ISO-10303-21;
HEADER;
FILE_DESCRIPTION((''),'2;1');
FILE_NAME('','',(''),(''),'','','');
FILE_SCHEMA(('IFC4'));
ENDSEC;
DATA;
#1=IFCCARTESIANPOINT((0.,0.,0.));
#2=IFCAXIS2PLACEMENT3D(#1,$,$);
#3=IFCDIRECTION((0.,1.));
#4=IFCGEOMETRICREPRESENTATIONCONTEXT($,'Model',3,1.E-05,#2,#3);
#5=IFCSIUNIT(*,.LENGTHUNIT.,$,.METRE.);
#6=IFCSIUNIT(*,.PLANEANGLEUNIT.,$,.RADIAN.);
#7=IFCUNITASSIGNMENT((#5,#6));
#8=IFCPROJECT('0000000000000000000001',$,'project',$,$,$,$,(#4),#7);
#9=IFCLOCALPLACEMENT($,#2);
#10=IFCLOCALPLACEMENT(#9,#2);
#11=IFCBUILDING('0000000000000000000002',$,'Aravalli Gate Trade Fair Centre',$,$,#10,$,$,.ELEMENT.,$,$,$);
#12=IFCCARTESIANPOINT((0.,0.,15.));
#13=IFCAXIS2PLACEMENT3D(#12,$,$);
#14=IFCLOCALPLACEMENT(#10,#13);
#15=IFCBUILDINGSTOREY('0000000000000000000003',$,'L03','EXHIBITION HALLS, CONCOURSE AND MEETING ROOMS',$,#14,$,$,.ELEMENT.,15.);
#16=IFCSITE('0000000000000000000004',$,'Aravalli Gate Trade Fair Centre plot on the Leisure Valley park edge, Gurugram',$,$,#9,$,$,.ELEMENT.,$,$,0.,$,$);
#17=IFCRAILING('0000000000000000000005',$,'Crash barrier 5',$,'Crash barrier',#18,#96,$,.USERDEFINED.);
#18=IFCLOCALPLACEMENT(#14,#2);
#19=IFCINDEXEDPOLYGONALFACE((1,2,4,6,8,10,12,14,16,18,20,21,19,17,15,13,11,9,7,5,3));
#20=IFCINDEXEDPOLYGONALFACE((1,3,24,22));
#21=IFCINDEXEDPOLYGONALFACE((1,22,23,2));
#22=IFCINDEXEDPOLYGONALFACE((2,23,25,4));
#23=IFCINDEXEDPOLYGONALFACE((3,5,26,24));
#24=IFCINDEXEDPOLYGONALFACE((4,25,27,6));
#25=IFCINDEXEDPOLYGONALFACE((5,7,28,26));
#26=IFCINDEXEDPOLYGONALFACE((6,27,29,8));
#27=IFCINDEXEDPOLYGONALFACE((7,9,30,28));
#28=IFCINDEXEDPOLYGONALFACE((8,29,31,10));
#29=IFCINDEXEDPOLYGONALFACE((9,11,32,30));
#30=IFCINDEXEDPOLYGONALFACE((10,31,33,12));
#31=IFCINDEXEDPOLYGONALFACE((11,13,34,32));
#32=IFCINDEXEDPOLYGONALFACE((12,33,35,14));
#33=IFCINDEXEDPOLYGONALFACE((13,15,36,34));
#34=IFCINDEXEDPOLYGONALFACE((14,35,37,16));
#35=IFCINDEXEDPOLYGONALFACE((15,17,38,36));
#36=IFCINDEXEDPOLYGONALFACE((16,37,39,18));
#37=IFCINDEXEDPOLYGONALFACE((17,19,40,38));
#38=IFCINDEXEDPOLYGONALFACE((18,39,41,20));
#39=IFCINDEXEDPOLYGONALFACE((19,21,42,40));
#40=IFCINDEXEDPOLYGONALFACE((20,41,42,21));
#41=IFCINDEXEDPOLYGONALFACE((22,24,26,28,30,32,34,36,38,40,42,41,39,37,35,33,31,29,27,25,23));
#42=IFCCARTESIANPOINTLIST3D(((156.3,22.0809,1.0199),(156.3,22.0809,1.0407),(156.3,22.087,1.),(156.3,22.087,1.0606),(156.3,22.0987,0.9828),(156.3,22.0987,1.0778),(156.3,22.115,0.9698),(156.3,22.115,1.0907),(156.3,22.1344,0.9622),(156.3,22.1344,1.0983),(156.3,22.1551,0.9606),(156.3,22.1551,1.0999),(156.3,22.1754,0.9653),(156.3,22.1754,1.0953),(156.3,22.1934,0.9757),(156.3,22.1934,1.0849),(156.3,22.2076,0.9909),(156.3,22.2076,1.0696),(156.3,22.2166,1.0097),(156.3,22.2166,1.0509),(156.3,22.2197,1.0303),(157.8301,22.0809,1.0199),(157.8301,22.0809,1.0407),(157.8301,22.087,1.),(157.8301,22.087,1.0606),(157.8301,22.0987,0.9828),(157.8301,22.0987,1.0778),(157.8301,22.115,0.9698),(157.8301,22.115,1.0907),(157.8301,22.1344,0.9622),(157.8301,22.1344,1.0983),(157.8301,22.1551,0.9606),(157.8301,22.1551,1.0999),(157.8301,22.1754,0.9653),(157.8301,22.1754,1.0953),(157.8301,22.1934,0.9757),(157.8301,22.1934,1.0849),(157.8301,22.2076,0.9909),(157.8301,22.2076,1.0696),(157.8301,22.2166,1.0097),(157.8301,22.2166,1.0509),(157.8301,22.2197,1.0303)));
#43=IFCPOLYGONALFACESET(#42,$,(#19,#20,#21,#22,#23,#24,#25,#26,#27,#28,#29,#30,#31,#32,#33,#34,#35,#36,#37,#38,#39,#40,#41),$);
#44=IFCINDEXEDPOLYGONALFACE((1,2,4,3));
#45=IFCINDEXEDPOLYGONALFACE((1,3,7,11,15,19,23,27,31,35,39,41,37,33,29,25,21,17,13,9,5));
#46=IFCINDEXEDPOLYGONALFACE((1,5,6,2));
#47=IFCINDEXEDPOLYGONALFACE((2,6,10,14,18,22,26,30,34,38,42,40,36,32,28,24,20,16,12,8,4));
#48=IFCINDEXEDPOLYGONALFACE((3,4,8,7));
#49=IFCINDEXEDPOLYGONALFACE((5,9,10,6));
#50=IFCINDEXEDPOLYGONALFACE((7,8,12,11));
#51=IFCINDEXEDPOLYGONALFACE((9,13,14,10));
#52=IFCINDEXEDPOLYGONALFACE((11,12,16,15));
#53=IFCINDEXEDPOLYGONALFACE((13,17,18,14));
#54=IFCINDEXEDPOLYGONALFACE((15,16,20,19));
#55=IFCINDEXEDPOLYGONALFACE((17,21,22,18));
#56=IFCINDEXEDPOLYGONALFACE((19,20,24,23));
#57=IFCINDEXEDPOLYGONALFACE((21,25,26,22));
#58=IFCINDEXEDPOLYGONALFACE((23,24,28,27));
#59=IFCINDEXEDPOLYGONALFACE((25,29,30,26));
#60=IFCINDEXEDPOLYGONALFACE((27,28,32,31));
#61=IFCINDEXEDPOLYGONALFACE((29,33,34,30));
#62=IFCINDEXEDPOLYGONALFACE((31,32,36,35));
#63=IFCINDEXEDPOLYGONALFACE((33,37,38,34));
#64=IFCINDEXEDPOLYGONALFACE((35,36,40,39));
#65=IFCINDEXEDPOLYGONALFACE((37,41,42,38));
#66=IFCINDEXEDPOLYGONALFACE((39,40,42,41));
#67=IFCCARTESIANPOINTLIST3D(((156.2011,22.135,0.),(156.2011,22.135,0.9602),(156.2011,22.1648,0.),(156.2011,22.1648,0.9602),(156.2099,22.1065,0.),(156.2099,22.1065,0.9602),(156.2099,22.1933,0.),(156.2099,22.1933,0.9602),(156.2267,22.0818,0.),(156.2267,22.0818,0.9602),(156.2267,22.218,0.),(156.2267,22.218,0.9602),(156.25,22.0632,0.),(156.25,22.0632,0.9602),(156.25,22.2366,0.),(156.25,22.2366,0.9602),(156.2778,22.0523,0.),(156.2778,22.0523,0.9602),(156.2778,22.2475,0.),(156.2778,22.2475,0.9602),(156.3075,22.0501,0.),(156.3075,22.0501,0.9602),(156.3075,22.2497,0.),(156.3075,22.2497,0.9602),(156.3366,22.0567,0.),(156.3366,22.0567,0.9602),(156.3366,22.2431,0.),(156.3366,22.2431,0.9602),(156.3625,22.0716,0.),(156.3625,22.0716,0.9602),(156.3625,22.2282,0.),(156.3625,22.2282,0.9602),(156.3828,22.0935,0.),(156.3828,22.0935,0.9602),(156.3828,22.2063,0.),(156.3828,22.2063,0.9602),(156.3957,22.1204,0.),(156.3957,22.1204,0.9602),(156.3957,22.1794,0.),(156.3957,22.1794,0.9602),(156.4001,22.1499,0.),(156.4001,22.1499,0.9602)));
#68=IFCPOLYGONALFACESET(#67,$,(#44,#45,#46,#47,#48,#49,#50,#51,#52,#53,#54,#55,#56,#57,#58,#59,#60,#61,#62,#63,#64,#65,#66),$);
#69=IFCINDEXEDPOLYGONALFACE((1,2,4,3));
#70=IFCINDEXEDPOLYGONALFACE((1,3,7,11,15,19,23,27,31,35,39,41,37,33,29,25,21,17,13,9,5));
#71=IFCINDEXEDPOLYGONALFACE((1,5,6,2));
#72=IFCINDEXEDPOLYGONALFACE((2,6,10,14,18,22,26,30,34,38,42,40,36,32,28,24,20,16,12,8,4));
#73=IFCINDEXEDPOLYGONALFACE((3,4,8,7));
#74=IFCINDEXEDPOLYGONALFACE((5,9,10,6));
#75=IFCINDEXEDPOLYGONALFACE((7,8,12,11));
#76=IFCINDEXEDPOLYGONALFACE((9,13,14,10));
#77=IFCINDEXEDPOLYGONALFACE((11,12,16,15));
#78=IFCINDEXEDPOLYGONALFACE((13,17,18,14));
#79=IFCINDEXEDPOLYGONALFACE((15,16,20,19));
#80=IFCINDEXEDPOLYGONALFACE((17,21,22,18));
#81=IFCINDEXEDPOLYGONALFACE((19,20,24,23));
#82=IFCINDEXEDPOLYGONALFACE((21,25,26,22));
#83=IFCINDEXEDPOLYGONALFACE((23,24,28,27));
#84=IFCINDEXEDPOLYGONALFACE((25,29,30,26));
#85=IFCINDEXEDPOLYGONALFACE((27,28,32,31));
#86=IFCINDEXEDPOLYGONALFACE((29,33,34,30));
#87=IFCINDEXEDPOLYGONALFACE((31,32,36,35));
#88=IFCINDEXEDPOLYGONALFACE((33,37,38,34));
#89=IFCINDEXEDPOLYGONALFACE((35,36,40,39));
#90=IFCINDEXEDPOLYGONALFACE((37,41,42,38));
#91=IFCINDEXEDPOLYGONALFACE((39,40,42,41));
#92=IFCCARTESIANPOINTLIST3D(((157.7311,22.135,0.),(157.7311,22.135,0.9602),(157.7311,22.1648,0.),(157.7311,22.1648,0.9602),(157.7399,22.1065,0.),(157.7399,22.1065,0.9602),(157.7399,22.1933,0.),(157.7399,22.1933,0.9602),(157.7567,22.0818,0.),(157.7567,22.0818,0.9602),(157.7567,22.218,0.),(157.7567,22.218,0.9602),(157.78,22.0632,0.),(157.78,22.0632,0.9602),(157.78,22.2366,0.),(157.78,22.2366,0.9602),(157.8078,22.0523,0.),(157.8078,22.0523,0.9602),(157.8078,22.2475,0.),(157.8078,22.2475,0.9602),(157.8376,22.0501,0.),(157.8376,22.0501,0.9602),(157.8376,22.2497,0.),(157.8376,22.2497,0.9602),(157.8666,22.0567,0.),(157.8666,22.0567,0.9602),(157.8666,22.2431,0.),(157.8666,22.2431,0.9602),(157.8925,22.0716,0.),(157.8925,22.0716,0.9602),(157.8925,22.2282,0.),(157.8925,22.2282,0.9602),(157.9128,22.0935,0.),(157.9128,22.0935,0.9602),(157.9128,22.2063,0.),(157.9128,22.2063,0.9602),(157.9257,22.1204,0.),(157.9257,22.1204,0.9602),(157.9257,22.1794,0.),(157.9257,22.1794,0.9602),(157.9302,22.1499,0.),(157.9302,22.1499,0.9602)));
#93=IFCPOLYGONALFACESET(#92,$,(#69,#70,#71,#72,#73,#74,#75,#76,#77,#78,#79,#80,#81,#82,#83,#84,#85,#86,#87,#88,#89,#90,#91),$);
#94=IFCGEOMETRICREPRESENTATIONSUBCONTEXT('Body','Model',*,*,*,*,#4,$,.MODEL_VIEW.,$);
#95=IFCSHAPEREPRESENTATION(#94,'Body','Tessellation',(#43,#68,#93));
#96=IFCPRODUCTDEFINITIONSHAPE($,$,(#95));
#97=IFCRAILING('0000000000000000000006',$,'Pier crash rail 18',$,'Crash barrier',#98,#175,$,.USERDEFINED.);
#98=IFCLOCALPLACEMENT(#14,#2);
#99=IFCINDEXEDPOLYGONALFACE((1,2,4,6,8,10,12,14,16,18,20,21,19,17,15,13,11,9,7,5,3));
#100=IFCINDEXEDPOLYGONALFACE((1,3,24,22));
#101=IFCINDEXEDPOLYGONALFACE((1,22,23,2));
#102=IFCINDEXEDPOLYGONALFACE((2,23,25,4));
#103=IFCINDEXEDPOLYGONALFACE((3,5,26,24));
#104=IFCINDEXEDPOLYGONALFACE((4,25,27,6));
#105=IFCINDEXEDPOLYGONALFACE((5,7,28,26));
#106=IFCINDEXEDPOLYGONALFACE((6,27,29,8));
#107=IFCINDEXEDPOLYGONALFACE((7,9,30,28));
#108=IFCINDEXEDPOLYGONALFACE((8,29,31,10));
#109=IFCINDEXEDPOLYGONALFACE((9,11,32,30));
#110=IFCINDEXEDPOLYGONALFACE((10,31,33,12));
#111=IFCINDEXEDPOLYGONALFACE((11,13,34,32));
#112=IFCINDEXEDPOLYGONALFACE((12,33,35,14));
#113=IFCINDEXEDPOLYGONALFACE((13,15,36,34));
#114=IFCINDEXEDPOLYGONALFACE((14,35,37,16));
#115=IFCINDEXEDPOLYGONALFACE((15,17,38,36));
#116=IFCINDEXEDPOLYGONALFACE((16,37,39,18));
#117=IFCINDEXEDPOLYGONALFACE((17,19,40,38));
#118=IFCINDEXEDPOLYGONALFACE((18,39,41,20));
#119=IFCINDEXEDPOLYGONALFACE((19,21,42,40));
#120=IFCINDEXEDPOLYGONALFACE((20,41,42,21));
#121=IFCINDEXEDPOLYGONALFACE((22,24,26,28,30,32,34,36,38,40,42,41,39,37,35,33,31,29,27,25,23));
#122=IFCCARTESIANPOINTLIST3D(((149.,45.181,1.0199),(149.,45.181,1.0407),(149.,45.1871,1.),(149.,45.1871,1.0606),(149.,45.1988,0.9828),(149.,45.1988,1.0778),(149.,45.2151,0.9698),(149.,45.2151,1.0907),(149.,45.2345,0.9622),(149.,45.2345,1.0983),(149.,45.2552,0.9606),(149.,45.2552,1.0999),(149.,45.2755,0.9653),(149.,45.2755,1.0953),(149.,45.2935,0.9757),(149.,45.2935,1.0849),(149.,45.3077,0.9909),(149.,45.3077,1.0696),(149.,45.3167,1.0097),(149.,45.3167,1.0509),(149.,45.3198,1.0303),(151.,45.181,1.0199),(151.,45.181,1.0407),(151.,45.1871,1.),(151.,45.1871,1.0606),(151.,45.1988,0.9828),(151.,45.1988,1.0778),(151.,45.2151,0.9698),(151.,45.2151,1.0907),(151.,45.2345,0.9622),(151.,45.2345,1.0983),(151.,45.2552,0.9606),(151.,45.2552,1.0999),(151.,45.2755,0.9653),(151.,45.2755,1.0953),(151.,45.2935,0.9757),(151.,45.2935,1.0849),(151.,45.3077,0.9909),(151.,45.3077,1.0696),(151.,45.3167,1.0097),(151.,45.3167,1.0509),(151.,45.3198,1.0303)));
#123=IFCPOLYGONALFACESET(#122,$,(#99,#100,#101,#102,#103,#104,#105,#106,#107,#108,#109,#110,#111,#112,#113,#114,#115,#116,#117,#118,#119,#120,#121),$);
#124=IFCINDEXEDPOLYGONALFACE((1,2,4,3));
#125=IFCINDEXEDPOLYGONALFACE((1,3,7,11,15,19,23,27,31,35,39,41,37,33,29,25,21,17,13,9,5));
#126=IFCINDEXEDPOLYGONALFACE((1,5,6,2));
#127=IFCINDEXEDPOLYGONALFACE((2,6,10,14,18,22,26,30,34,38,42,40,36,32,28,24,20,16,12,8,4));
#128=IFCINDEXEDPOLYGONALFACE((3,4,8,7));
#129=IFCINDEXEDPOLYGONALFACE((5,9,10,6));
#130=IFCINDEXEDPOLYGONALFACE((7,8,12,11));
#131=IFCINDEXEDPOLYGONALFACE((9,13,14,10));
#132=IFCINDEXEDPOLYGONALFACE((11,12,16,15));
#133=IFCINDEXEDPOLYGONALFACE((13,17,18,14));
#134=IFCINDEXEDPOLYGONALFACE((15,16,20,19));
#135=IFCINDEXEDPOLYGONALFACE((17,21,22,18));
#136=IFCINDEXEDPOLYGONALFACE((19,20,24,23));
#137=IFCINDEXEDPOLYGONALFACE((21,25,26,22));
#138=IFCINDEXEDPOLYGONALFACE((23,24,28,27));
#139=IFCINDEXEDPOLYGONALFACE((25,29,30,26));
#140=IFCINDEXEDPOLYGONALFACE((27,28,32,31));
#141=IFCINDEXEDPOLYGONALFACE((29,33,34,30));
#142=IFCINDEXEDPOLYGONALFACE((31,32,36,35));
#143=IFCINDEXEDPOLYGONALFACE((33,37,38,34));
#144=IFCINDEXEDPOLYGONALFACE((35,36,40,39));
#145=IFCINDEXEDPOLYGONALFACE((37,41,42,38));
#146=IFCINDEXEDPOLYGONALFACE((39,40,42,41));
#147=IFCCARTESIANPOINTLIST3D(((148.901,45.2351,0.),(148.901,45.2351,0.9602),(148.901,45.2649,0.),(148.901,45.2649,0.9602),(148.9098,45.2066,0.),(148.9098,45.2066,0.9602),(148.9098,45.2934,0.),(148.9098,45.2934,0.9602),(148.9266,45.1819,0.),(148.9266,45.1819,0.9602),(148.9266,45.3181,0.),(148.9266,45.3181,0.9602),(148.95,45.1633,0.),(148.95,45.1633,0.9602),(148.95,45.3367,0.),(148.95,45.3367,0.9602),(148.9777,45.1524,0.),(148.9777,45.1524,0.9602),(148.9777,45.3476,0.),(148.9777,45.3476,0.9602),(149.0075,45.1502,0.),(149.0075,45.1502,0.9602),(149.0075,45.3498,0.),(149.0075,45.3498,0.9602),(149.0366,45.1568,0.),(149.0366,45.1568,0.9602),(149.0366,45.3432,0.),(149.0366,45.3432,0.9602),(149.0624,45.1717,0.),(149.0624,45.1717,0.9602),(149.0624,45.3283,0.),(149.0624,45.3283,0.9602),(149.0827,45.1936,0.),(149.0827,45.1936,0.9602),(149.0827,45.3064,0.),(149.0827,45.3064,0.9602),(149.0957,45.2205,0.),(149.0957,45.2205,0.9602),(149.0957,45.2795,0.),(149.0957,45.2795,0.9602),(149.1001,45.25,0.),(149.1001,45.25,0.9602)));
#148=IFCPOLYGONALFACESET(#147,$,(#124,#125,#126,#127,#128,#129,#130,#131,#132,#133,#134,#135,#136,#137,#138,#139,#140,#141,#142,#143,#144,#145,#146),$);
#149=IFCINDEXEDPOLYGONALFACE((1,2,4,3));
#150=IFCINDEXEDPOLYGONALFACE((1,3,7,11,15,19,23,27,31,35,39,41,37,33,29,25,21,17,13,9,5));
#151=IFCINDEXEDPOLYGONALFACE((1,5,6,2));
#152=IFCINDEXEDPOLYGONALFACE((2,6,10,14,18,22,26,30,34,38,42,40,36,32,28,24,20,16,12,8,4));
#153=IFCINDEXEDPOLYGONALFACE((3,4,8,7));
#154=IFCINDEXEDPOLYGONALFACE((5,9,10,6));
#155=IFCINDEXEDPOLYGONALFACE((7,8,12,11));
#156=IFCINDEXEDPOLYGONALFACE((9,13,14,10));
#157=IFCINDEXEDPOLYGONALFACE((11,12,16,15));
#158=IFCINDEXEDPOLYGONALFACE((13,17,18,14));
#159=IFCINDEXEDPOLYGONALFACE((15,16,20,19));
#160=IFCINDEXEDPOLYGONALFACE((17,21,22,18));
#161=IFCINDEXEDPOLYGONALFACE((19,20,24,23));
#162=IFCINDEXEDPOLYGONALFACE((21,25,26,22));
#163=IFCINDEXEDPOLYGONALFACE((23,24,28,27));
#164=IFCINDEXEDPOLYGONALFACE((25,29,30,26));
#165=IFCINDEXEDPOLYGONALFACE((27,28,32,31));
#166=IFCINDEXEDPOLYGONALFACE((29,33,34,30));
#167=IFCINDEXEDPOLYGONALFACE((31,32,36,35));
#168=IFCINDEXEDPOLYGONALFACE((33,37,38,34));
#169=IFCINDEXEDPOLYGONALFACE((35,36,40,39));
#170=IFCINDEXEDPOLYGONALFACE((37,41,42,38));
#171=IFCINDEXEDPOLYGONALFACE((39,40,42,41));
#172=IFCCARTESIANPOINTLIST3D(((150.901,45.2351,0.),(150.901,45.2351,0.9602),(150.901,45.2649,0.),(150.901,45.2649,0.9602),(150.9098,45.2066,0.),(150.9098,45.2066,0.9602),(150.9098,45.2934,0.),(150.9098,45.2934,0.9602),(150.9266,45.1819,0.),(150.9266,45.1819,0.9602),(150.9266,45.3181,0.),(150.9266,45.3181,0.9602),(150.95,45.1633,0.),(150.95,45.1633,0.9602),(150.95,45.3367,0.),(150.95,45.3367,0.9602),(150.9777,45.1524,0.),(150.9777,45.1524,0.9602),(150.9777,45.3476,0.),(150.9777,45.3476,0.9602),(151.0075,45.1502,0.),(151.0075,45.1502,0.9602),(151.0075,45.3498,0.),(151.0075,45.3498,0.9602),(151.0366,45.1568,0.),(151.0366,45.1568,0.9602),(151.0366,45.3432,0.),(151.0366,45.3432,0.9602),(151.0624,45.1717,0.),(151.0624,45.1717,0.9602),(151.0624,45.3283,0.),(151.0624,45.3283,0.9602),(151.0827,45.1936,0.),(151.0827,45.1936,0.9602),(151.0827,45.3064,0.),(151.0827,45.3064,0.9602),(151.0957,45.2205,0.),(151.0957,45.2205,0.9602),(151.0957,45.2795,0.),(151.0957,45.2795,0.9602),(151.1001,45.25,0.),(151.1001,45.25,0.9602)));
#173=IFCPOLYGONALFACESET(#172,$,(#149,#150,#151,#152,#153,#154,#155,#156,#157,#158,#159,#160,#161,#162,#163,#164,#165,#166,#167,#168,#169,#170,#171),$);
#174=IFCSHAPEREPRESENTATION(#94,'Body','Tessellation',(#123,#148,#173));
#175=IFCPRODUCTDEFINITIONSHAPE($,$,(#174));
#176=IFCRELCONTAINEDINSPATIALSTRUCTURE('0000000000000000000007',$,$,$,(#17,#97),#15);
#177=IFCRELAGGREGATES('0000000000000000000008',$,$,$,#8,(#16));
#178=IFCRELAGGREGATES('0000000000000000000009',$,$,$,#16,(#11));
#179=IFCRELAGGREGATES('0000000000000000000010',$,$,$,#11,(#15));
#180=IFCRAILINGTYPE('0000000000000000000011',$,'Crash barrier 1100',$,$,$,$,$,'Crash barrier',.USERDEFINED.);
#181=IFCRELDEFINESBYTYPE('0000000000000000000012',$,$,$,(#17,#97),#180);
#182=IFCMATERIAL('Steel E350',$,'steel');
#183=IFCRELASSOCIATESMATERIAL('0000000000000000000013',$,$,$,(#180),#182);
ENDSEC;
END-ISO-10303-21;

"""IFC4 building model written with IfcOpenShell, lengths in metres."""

from ifc_helpers import new_model, si_unit, direction, frame, origin, origin_2d, place, context, subcontext, project, spatial, circle, extrude, material, type_object, element, save


model = new_model("IFC4")

# Units and contexts
model_context = context("Model", 3, precision=1e-05, world=origin(), true_north=direction((0.0, 1.0)))
body_context = subcontext(model_context, "Body", "Model", "MODEL_VIEW")
ifc_project = project(units=[si_unit("LENGTHUNIT", "METRE"), si_unit("PLANEANGLEUNIT", "RADIAN")], contexts=[model_context])

# Site, building, storey
site_placement = place(None, origin())
site = spatial("IfcSite", under=ifc_project, at=site_placement, Name="Aravalli Gate Trade Fair Centre plot on the Leisure Valley park edge, Gurugram", CompositionType="ELEMENT", RefElevation=0.0)
building_placement = place(site_placement, origin())
building = spatial("IfcBuilding", under=site, at=building_placement, Name="Aravalli Gate Trade Fair Centre", CompositionType="ELEMENT")
storey_placement = place(building_placement, frame((0.0, 0.0, 15.0)))
storey = spatial("IfcBuildingStorey", under=building, at=storey_placement, Name="L03", Description="EXHIBITION HALLS, CONCOURSE AND MEETING ROOMS", CompositionType="ELEMENT", Elevation=15.0)

# Railings
ifc_material_1 = material(Name="Steel E350", Category="steel")
railing_type_1 = type_object("IfcRailingType", Name="Crash barrier 1100", ElementType="Crash barrier", PredefinedType="USERDEFINED", material=ifc_material_1)
railing_1_placement = place(storey_placement, frame((156.3, 22.1499, 0.0)))
element("IfcRailing", 1, at=railing_1_placement, inside=storey, type_object=railing_type_1, Name="Crash barrier 5", ObjectType="Crash barrier", PredefinedType="USERDEFINED", context=body_context, shape_type="SweptSolid", body=[
    extrude(circle(Radius=0.0698, at=origin_2d()), frame((0.0, 0.0, 1.0303), z_axis=(1.0, 0.0, 0.0), x_axis=(0.0, 1.0, 0.0)), (0.0, 0.0, 1.0), 1.53),
    extrude(circle(Radius=0.1001, at=origin_2d()), origin(), (0.0, 0.0, 1.0), 0.9602),
    extrude(circle(Radius=0.1001, at=origin_2d()), frame((1.53, 0.0, 0.0)), (0.0, 0.0, 1.0), 0.9602),
])
railing_2_placement = place(storey_placement, frame((149.0, 45.25, 0.0)))
element("IfcRailing", 2, at=railing_2_placement, inside=storey, type_object=railing_type_1, Name="Pier crash rail 18", ObjectType="Crash barrier", PredefinedType="USERDEFINED", context=body_context, shape_type="SweptSolid", body=[
    extrude(circle(Radius=0.0698, at=origin_2d()), frame((0.0, 0.0, 1.0303), z_axis=(1.0, 0.0, 0.0), x_axis=(0.0, 1.0, 0.0)), (0.0, 0.0, 1.0), 2.0),
    extrude(circle(Radius=0.1001, at=origin_2d()), origin(), (0.0, 0.0, 1.0), 0.9602),
    extrude(circle(Radius=0.1001, at=origin_2d()), frame((2.0, 0.0, 0.0)), (0.0, 0.0, 1.0), 0.9602),
])

save(model, "model.ifc")
